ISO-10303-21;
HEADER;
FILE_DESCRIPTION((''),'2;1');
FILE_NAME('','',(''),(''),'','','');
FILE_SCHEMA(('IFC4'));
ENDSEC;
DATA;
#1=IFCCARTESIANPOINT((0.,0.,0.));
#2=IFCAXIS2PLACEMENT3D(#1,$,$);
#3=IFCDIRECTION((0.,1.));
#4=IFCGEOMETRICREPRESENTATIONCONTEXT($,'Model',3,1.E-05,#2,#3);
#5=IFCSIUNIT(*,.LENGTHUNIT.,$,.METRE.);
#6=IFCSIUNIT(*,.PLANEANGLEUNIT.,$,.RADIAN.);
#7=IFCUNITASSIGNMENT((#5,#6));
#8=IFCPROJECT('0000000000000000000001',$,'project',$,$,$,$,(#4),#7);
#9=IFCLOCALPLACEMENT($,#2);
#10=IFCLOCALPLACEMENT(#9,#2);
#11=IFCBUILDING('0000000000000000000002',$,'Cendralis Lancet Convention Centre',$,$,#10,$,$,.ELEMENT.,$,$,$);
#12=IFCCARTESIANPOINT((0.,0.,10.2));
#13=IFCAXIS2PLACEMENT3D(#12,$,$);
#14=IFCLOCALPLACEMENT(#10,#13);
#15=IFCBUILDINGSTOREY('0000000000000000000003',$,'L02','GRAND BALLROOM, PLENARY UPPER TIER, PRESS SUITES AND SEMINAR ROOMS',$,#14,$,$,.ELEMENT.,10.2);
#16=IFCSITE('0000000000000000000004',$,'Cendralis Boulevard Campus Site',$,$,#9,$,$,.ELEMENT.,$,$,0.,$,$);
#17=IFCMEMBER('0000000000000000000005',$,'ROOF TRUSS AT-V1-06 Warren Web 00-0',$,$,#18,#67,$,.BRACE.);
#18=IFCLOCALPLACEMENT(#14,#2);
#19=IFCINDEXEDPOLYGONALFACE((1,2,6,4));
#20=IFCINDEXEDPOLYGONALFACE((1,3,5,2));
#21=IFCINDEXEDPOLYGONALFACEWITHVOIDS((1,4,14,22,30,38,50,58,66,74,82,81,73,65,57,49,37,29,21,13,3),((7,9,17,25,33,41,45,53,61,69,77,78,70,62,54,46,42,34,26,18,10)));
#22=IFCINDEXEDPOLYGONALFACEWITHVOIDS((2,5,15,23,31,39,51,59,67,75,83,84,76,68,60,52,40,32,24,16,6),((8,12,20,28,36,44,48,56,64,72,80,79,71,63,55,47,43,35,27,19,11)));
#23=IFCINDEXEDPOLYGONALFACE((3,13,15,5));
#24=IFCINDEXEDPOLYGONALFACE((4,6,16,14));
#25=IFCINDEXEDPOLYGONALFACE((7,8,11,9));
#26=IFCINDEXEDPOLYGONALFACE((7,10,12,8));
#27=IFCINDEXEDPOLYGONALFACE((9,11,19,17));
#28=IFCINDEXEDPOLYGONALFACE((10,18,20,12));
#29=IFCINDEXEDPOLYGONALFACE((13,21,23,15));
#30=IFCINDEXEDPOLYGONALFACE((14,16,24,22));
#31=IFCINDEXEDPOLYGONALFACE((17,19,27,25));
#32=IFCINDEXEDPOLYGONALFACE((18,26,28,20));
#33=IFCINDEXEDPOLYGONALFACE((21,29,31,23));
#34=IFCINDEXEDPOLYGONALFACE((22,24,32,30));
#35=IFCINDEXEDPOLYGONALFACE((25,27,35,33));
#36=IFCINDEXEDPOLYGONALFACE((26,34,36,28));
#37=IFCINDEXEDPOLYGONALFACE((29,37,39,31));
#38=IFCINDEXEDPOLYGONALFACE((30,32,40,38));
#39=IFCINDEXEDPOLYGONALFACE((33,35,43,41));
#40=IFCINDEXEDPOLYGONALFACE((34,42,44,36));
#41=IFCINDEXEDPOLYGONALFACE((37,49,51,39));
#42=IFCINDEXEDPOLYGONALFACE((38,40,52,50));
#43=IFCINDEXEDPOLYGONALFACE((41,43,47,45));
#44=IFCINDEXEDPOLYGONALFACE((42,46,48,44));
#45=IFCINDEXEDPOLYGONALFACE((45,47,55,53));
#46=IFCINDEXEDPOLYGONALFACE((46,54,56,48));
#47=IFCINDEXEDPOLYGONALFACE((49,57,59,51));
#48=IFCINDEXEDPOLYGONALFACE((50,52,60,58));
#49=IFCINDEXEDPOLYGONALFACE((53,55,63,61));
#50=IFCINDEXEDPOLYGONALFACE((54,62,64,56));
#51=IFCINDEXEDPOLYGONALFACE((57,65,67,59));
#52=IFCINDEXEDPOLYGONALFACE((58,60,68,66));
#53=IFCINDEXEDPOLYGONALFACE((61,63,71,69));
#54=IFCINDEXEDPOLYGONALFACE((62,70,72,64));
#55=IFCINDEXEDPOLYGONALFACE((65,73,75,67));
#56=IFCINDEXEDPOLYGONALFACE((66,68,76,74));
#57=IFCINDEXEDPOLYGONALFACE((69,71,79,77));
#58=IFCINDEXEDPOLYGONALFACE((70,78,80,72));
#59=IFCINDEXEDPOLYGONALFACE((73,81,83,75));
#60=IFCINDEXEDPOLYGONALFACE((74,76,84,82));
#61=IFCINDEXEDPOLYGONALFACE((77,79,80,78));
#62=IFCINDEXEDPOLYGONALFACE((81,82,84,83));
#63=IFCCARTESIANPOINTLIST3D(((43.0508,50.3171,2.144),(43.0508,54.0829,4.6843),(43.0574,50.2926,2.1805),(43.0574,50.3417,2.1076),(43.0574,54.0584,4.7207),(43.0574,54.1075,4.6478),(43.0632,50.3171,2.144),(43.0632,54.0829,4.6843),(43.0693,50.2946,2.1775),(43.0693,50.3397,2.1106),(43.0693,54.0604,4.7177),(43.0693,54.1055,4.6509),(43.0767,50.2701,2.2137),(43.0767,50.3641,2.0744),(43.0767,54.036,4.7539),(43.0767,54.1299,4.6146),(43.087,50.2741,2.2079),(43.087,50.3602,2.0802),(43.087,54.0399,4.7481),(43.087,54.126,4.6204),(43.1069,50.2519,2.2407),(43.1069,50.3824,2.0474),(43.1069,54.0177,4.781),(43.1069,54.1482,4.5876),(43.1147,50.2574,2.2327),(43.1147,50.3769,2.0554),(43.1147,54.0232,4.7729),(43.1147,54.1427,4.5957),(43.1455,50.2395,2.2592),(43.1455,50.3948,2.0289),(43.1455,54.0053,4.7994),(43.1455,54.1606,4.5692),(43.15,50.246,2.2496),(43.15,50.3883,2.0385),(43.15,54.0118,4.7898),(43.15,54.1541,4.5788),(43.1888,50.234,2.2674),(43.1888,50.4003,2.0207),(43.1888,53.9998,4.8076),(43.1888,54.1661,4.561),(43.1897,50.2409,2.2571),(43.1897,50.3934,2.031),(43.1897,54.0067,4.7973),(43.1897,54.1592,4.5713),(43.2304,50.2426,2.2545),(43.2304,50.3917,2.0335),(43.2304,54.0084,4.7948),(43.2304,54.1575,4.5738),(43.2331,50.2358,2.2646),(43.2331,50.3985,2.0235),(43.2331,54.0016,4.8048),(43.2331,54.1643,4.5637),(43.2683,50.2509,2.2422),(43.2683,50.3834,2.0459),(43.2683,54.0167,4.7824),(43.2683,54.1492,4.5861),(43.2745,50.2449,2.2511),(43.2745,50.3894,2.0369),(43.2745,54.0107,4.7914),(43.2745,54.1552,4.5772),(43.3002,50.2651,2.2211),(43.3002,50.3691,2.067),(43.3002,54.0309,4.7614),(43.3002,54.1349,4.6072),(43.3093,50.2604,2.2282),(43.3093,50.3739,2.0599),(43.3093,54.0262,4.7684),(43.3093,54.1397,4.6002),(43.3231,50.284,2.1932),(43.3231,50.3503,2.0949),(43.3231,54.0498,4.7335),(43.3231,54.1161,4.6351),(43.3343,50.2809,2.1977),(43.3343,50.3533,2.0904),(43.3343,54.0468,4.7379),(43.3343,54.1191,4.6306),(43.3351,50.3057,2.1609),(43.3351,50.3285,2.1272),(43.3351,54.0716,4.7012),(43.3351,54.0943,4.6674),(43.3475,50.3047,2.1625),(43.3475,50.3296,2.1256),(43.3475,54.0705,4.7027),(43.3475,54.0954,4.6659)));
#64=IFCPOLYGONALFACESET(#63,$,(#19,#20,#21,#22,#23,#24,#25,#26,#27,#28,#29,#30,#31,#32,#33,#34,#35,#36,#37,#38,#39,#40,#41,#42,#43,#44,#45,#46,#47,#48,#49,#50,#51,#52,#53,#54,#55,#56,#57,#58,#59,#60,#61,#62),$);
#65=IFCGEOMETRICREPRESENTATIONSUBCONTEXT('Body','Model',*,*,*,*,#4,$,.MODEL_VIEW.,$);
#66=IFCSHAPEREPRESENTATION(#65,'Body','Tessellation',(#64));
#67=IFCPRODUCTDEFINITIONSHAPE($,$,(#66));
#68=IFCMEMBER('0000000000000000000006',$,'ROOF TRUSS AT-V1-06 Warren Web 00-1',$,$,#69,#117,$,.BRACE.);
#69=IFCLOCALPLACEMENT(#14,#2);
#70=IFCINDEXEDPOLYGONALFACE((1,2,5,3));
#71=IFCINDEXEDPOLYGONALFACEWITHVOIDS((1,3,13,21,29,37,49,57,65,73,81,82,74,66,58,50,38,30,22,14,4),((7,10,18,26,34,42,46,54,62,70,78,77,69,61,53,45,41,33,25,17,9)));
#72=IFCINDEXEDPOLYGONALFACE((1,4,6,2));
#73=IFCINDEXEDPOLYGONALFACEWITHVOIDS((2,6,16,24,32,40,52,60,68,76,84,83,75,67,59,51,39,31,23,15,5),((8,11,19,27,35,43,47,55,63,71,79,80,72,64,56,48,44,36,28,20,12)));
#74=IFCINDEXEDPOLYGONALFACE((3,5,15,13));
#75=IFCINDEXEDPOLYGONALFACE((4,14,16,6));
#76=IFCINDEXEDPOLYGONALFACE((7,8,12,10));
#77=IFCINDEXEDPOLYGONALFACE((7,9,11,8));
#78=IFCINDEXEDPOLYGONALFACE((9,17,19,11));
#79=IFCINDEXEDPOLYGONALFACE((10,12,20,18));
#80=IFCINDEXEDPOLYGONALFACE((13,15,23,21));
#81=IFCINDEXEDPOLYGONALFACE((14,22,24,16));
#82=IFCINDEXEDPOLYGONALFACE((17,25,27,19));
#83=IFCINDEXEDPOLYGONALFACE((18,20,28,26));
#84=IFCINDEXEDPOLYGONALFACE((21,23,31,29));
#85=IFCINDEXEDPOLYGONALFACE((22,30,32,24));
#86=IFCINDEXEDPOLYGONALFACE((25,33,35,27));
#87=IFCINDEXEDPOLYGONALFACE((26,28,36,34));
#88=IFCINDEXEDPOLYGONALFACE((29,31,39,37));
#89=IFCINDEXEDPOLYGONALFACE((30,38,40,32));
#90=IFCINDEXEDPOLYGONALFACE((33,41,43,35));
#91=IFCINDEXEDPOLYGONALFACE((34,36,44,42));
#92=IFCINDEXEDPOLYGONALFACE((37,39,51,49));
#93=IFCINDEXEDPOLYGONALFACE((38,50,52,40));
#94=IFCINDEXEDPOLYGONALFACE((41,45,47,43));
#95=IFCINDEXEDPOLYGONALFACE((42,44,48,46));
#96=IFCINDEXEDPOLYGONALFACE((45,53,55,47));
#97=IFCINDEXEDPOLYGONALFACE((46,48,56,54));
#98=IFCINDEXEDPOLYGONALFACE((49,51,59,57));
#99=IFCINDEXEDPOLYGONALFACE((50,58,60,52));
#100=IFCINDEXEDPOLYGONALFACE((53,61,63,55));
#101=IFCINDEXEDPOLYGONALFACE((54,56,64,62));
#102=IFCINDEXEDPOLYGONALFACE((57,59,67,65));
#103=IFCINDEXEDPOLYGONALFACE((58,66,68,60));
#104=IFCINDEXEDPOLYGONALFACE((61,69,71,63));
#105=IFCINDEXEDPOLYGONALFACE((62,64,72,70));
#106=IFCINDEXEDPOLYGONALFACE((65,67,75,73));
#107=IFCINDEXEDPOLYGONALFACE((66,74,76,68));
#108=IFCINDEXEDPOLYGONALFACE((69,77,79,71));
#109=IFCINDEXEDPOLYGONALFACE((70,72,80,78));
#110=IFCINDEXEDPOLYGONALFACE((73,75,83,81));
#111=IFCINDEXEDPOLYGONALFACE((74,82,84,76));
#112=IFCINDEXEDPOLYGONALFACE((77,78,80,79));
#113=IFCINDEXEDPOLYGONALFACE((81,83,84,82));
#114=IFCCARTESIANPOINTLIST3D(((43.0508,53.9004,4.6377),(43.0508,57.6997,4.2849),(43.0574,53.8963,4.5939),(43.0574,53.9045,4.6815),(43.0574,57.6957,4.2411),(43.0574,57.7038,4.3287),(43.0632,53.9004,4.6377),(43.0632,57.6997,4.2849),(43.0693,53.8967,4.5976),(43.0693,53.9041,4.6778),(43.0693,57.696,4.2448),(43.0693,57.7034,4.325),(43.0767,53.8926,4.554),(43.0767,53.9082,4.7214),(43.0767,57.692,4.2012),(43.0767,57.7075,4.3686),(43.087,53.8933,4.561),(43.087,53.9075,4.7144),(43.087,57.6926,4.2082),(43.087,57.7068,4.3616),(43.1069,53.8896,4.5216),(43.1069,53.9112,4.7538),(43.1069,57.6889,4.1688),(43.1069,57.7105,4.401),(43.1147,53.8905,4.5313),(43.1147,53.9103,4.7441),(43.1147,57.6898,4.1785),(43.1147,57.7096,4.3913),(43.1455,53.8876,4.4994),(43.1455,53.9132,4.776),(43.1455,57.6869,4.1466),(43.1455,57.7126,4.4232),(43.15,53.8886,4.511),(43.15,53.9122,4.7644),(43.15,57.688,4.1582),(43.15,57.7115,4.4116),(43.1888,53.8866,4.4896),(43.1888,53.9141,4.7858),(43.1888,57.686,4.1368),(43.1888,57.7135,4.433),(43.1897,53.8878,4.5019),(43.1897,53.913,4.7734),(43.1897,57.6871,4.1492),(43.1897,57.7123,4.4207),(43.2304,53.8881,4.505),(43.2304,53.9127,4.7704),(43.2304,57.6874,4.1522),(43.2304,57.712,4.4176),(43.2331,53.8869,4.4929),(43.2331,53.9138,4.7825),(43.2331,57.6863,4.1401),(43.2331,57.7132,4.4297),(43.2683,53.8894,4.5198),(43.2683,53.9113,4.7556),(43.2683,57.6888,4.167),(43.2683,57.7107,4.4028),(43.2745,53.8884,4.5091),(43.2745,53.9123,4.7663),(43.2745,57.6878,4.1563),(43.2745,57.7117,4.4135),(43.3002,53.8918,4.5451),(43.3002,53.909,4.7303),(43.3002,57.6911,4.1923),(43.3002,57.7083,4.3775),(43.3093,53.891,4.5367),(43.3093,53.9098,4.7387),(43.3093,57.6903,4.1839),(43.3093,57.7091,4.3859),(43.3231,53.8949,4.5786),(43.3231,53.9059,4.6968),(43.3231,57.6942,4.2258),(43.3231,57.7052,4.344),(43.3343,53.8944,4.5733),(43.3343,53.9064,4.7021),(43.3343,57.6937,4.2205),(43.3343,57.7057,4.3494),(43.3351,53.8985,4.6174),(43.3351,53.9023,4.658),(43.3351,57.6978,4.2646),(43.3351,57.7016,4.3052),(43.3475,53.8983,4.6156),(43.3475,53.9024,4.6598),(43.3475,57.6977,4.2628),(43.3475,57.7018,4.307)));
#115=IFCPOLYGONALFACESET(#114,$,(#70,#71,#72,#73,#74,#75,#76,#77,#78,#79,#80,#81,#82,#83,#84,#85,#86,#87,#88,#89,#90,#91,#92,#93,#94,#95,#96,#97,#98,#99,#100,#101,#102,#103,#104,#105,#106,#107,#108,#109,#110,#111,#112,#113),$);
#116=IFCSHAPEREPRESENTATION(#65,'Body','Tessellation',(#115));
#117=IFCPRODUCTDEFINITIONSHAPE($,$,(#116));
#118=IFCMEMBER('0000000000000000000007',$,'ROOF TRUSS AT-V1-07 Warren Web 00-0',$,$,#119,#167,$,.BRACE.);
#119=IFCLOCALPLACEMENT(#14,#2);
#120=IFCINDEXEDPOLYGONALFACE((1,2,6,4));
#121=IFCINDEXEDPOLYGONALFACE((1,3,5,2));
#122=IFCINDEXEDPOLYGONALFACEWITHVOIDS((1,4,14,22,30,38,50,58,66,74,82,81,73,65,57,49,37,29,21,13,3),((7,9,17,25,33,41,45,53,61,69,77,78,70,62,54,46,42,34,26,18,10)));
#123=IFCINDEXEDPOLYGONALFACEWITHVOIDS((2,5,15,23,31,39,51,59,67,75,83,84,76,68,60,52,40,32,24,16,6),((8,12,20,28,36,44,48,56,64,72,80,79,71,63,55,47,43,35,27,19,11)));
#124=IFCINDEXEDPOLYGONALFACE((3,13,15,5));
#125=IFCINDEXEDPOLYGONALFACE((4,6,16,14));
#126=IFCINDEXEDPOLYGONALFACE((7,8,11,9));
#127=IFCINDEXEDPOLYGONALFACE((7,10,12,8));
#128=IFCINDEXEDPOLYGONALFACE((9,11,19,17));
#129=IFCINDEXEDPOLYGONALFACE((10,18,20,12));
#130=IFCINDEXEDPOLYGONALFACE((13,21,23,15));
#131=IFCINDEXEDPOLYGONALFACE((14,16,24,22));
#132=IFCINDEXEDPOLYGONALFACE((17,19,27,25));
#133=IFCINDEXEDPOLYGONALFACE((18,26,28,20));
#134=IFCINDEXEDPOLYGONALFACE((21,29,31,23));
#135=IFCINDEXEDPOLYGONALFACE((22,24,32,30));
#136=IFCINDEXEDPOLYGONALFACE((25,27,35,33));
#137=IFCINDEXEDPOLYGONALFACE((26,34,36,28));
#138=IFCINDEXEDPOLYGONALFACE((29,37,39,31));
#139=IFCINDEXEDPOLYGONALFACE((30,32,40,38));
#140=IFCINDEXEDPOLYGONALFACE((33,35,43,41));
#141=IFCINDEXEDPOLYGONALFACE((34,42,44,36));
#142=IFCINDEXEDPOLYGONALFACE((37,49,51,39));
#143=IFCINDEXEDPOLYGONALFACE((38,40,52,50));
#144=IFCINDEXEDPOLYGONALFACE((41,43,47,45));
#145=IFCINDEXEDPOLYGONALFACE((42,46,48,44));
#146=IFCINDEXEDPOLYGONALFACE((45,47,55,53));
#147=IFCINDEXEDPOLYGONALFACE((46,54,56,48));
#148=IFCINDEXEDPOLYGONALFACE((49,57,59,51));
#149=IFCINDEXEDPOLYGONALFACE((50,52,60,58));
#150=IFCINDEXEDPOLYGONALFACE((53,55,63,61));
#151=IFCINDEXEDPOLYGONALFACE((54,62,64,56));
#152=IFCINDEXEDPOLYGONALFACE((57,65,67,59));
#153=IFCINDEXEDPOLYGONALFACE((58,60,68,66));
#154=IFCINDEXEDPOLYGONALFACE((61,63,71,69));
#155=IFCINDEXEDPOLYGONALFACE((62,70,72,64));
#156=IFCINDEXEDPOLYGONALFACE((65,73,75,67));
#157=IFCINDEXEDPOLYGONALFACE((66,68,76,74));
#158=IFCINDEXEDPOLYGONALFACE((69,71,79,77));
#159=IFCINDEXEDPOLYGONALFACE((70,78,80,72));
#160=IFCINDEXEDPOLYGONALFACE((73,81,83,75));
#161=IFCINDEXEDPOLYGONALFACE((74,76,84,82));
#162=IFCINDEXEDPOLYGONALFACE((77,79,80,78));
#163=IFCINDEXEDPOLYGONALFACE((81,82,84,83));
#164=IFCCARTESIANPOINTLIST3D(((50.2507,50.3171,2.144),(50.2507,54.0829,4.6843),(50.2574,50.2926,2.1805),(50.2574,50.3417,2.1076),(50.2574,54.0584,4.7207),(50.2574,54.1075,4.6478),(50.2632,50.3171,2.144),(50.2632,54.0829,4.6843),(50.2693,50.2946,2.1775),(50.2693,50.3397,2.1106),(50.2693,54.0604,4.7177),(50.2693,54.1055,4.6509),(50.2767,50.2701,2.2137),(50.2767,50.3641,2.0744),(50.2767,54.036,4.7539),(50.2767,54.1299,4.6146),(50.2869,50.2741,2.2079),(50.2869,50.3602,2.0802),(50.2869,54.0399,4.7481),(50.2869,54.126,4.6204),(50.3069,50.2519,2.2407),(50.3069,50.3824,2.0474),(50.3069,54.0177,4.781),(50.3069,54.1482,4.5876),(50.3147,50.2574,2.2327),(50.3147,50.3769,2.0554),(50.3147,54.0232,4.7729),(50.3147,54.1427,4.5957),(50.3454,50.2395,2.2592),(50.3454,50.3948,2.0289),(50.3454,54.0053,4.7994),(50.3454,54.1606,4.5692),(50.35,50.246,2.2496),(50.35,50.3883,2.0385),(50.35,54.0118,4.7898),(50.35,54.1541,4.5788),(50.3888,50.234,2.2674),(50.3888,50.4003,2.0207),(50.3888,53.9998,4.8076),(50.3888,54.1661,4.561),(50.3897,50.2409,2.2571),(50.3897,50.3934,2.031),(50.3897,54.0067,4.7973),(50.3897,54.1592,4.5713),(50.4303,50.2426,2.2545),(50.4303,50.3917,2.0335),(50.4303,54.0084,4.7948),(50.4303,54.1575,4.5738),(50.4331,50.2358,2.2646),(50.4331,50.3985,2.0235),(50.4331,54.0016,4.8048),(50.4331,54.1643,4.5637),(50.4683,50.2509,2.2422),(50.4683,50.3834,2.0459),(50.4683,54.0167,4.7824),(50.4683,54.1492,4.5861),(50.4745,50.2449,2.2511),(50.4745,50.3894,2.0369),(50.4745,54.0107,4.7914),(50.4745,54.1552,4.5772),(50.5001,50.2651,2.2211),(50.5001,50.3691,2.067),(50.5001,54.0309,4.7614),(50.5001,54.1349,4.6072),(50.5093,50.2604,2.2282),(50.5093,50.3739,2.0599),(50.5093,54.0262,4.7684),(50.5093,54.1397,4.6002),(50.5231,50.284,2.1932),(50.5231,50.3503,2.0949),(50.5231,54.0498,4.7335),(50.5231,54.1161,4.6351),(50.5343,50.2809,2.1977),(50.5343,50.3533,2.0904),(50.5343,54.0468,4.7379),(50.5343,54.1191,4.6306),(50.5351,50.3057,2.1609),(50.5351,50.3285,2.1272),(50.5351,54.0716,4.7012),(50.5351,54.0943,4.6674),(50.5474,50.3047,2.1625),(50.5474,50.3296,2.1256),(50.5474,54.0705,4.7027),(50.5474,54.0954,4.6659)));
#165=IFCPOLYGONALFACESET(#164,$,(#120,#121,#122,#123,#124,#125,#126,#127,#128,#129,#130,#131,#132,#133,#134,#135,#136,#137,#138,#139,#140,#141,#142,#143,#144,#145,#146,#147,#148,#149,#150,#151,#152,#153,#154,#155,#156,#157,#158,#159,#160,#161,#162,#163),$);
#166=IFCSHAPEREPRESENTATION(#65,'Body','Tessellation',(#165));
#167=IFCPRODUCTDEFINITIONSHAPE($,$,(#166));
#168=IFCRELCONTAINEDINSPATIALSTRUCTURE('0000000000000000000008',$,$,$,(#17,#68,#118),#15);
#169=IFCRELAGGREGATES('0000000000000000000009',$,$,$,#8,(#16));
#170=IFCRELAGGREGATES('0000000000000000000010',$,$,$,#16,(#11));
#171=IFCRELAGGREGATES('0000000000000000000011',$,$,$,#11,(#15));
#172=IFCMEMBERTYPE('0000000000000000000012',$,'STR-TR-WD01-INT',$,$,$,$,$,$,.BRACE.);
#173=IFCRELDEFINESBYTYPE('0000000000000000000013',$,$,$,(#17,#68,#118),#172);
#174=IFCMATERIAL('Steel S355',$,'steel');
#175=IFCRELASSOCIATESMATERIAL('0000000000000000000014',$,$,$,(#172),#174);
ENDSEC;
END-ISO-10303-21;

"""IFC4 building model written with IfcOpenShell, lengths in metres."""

from ifc_helpers import new_model, si_unit, direction, frame, origin, origin_2d, place, context, subcontext, project, spatial, hollow_circle, extrude, material, material_profile, profile_set, type_object, element, save


model = new_model("IFC4")

# Units and contexts
model_context = context("Model", 3, precision=1e-05, world=origin(), true_north=direction((0.0, 1.0)))
body_context = subcontext(model_context, "Body", "Model", "MODEL_VIEW")
ifc_project = project(units=[si_unit("LENGTHUNIT", "METRE"), si_unit("PLANEANGLEUNIT", "RADIAN")], contexts=[model_context])

# Site, building, storey
site_placement = place(None, origin())
site = spatial("IfcSite", under=ifc_project, at=site_placement, Name="Cendralis Boulevard Campus Site", CompositionType="ELEMENT", RefElevation=0.0)
building_placement = place(site_placement, origin())
building = spatial("IfcBuilding", under=site, at=building_placement, Name="Cendralis Lancet Convention Centre", CompositionType="ELEMENT")
storey_placement = place(building_placement, frame((0.0, 0.0, 10.2)))
storey = spatial("IfcBuildingStorey", under=building, at=storey_placement, Name="L02", Description="GRAND BALLROOM, PLENARY UPPER TIER, PRESS SUITES AND SEMINAR ROOMS", CompositionType="ELEMENT", Elevation=10.2)

# Shared definitions
ifc_material_1 = material(Name="Steel S355", Category="steel")

# Members
ifc_material_profile_1 = material_profile(ifc_material_1, hollow_circle(Radius=0.1492, WallThickness=0.0125, at=origin_2d()), Name="CHS 298.5x12.5")
ifc_profile_set_1 = profile_set([ifc_material_profile_1], Name="Steel S355")
member_type_1 = type_object("IfcMemberType", Name="STR-TR-WD01-INT", PredefinedType="BRACE", material=ifc_profile_set_1)
member_1_placement = place(storey_placement, frame((43.2, 50.3171, 2.144), z_axis=(0.0, 0.82902, 0.559219), x_axis=(-1.0, 0.0, 0.0)))
element("IfcMember", 1, at=member_1_placement, inside=storey, type_object=member_type_1, Name="ROOF TRUSS AT-V1-06 Warren Web 00-0", PredefinedType="BRACE", context=body_context, shape_type="SweptSolid", body=[
    extrude(hollow_circle(Radius=0.1492, WallThickness=0.0125, at=origin_2d()), origin(), (0.0, 0.0, 1.0), 4.5425),
])
member_2_placement = place(storey_placement, frame((43.2, 53.9004, 4.6377), z_axis=(0.0, 0.995717, -0.092457), x_axis=(-1.0, 0.0, 0.0)))
element("IfcMember", 2, at=member_2_placement, inside=storey, type_object=member_type_1, Name="ROOF TRUSS AT-V1-06 Warren Web 00-1", PredefinedType="BRACE", context=body_context, shape_type="SweptSolid", body=[
    extrude(hollow_circle(Radius=0.1492, WallThickness=0.0125, at=origin_2d()), origin(), (0.0, 0.0, 1.0), 3.8157),
])
member_3_placement = place(storey_placement, frame((50.3999, 50.3171, 2.144), z_axis=(0.0, 0.82902, 0.559219), x_axis=(-1.0, 0.0, 0.0)))
element("IfcMember", 3, at=member_3_placement, inside=storey, type_object=member_type_1, Name="ROOF TRUSS AT-V1-07 Warren Web 00-0", PredefinedType="BRACE", context=body_context, shape_type="SweptSolid", body=[
    extrude(hollow_circle(Radius=0.1492, WallThickness=0.0125, at=origin_2d()), origin(), (0.0, 0.0, 1.0), 4.5425),
])

save(model, "model.ifc")
